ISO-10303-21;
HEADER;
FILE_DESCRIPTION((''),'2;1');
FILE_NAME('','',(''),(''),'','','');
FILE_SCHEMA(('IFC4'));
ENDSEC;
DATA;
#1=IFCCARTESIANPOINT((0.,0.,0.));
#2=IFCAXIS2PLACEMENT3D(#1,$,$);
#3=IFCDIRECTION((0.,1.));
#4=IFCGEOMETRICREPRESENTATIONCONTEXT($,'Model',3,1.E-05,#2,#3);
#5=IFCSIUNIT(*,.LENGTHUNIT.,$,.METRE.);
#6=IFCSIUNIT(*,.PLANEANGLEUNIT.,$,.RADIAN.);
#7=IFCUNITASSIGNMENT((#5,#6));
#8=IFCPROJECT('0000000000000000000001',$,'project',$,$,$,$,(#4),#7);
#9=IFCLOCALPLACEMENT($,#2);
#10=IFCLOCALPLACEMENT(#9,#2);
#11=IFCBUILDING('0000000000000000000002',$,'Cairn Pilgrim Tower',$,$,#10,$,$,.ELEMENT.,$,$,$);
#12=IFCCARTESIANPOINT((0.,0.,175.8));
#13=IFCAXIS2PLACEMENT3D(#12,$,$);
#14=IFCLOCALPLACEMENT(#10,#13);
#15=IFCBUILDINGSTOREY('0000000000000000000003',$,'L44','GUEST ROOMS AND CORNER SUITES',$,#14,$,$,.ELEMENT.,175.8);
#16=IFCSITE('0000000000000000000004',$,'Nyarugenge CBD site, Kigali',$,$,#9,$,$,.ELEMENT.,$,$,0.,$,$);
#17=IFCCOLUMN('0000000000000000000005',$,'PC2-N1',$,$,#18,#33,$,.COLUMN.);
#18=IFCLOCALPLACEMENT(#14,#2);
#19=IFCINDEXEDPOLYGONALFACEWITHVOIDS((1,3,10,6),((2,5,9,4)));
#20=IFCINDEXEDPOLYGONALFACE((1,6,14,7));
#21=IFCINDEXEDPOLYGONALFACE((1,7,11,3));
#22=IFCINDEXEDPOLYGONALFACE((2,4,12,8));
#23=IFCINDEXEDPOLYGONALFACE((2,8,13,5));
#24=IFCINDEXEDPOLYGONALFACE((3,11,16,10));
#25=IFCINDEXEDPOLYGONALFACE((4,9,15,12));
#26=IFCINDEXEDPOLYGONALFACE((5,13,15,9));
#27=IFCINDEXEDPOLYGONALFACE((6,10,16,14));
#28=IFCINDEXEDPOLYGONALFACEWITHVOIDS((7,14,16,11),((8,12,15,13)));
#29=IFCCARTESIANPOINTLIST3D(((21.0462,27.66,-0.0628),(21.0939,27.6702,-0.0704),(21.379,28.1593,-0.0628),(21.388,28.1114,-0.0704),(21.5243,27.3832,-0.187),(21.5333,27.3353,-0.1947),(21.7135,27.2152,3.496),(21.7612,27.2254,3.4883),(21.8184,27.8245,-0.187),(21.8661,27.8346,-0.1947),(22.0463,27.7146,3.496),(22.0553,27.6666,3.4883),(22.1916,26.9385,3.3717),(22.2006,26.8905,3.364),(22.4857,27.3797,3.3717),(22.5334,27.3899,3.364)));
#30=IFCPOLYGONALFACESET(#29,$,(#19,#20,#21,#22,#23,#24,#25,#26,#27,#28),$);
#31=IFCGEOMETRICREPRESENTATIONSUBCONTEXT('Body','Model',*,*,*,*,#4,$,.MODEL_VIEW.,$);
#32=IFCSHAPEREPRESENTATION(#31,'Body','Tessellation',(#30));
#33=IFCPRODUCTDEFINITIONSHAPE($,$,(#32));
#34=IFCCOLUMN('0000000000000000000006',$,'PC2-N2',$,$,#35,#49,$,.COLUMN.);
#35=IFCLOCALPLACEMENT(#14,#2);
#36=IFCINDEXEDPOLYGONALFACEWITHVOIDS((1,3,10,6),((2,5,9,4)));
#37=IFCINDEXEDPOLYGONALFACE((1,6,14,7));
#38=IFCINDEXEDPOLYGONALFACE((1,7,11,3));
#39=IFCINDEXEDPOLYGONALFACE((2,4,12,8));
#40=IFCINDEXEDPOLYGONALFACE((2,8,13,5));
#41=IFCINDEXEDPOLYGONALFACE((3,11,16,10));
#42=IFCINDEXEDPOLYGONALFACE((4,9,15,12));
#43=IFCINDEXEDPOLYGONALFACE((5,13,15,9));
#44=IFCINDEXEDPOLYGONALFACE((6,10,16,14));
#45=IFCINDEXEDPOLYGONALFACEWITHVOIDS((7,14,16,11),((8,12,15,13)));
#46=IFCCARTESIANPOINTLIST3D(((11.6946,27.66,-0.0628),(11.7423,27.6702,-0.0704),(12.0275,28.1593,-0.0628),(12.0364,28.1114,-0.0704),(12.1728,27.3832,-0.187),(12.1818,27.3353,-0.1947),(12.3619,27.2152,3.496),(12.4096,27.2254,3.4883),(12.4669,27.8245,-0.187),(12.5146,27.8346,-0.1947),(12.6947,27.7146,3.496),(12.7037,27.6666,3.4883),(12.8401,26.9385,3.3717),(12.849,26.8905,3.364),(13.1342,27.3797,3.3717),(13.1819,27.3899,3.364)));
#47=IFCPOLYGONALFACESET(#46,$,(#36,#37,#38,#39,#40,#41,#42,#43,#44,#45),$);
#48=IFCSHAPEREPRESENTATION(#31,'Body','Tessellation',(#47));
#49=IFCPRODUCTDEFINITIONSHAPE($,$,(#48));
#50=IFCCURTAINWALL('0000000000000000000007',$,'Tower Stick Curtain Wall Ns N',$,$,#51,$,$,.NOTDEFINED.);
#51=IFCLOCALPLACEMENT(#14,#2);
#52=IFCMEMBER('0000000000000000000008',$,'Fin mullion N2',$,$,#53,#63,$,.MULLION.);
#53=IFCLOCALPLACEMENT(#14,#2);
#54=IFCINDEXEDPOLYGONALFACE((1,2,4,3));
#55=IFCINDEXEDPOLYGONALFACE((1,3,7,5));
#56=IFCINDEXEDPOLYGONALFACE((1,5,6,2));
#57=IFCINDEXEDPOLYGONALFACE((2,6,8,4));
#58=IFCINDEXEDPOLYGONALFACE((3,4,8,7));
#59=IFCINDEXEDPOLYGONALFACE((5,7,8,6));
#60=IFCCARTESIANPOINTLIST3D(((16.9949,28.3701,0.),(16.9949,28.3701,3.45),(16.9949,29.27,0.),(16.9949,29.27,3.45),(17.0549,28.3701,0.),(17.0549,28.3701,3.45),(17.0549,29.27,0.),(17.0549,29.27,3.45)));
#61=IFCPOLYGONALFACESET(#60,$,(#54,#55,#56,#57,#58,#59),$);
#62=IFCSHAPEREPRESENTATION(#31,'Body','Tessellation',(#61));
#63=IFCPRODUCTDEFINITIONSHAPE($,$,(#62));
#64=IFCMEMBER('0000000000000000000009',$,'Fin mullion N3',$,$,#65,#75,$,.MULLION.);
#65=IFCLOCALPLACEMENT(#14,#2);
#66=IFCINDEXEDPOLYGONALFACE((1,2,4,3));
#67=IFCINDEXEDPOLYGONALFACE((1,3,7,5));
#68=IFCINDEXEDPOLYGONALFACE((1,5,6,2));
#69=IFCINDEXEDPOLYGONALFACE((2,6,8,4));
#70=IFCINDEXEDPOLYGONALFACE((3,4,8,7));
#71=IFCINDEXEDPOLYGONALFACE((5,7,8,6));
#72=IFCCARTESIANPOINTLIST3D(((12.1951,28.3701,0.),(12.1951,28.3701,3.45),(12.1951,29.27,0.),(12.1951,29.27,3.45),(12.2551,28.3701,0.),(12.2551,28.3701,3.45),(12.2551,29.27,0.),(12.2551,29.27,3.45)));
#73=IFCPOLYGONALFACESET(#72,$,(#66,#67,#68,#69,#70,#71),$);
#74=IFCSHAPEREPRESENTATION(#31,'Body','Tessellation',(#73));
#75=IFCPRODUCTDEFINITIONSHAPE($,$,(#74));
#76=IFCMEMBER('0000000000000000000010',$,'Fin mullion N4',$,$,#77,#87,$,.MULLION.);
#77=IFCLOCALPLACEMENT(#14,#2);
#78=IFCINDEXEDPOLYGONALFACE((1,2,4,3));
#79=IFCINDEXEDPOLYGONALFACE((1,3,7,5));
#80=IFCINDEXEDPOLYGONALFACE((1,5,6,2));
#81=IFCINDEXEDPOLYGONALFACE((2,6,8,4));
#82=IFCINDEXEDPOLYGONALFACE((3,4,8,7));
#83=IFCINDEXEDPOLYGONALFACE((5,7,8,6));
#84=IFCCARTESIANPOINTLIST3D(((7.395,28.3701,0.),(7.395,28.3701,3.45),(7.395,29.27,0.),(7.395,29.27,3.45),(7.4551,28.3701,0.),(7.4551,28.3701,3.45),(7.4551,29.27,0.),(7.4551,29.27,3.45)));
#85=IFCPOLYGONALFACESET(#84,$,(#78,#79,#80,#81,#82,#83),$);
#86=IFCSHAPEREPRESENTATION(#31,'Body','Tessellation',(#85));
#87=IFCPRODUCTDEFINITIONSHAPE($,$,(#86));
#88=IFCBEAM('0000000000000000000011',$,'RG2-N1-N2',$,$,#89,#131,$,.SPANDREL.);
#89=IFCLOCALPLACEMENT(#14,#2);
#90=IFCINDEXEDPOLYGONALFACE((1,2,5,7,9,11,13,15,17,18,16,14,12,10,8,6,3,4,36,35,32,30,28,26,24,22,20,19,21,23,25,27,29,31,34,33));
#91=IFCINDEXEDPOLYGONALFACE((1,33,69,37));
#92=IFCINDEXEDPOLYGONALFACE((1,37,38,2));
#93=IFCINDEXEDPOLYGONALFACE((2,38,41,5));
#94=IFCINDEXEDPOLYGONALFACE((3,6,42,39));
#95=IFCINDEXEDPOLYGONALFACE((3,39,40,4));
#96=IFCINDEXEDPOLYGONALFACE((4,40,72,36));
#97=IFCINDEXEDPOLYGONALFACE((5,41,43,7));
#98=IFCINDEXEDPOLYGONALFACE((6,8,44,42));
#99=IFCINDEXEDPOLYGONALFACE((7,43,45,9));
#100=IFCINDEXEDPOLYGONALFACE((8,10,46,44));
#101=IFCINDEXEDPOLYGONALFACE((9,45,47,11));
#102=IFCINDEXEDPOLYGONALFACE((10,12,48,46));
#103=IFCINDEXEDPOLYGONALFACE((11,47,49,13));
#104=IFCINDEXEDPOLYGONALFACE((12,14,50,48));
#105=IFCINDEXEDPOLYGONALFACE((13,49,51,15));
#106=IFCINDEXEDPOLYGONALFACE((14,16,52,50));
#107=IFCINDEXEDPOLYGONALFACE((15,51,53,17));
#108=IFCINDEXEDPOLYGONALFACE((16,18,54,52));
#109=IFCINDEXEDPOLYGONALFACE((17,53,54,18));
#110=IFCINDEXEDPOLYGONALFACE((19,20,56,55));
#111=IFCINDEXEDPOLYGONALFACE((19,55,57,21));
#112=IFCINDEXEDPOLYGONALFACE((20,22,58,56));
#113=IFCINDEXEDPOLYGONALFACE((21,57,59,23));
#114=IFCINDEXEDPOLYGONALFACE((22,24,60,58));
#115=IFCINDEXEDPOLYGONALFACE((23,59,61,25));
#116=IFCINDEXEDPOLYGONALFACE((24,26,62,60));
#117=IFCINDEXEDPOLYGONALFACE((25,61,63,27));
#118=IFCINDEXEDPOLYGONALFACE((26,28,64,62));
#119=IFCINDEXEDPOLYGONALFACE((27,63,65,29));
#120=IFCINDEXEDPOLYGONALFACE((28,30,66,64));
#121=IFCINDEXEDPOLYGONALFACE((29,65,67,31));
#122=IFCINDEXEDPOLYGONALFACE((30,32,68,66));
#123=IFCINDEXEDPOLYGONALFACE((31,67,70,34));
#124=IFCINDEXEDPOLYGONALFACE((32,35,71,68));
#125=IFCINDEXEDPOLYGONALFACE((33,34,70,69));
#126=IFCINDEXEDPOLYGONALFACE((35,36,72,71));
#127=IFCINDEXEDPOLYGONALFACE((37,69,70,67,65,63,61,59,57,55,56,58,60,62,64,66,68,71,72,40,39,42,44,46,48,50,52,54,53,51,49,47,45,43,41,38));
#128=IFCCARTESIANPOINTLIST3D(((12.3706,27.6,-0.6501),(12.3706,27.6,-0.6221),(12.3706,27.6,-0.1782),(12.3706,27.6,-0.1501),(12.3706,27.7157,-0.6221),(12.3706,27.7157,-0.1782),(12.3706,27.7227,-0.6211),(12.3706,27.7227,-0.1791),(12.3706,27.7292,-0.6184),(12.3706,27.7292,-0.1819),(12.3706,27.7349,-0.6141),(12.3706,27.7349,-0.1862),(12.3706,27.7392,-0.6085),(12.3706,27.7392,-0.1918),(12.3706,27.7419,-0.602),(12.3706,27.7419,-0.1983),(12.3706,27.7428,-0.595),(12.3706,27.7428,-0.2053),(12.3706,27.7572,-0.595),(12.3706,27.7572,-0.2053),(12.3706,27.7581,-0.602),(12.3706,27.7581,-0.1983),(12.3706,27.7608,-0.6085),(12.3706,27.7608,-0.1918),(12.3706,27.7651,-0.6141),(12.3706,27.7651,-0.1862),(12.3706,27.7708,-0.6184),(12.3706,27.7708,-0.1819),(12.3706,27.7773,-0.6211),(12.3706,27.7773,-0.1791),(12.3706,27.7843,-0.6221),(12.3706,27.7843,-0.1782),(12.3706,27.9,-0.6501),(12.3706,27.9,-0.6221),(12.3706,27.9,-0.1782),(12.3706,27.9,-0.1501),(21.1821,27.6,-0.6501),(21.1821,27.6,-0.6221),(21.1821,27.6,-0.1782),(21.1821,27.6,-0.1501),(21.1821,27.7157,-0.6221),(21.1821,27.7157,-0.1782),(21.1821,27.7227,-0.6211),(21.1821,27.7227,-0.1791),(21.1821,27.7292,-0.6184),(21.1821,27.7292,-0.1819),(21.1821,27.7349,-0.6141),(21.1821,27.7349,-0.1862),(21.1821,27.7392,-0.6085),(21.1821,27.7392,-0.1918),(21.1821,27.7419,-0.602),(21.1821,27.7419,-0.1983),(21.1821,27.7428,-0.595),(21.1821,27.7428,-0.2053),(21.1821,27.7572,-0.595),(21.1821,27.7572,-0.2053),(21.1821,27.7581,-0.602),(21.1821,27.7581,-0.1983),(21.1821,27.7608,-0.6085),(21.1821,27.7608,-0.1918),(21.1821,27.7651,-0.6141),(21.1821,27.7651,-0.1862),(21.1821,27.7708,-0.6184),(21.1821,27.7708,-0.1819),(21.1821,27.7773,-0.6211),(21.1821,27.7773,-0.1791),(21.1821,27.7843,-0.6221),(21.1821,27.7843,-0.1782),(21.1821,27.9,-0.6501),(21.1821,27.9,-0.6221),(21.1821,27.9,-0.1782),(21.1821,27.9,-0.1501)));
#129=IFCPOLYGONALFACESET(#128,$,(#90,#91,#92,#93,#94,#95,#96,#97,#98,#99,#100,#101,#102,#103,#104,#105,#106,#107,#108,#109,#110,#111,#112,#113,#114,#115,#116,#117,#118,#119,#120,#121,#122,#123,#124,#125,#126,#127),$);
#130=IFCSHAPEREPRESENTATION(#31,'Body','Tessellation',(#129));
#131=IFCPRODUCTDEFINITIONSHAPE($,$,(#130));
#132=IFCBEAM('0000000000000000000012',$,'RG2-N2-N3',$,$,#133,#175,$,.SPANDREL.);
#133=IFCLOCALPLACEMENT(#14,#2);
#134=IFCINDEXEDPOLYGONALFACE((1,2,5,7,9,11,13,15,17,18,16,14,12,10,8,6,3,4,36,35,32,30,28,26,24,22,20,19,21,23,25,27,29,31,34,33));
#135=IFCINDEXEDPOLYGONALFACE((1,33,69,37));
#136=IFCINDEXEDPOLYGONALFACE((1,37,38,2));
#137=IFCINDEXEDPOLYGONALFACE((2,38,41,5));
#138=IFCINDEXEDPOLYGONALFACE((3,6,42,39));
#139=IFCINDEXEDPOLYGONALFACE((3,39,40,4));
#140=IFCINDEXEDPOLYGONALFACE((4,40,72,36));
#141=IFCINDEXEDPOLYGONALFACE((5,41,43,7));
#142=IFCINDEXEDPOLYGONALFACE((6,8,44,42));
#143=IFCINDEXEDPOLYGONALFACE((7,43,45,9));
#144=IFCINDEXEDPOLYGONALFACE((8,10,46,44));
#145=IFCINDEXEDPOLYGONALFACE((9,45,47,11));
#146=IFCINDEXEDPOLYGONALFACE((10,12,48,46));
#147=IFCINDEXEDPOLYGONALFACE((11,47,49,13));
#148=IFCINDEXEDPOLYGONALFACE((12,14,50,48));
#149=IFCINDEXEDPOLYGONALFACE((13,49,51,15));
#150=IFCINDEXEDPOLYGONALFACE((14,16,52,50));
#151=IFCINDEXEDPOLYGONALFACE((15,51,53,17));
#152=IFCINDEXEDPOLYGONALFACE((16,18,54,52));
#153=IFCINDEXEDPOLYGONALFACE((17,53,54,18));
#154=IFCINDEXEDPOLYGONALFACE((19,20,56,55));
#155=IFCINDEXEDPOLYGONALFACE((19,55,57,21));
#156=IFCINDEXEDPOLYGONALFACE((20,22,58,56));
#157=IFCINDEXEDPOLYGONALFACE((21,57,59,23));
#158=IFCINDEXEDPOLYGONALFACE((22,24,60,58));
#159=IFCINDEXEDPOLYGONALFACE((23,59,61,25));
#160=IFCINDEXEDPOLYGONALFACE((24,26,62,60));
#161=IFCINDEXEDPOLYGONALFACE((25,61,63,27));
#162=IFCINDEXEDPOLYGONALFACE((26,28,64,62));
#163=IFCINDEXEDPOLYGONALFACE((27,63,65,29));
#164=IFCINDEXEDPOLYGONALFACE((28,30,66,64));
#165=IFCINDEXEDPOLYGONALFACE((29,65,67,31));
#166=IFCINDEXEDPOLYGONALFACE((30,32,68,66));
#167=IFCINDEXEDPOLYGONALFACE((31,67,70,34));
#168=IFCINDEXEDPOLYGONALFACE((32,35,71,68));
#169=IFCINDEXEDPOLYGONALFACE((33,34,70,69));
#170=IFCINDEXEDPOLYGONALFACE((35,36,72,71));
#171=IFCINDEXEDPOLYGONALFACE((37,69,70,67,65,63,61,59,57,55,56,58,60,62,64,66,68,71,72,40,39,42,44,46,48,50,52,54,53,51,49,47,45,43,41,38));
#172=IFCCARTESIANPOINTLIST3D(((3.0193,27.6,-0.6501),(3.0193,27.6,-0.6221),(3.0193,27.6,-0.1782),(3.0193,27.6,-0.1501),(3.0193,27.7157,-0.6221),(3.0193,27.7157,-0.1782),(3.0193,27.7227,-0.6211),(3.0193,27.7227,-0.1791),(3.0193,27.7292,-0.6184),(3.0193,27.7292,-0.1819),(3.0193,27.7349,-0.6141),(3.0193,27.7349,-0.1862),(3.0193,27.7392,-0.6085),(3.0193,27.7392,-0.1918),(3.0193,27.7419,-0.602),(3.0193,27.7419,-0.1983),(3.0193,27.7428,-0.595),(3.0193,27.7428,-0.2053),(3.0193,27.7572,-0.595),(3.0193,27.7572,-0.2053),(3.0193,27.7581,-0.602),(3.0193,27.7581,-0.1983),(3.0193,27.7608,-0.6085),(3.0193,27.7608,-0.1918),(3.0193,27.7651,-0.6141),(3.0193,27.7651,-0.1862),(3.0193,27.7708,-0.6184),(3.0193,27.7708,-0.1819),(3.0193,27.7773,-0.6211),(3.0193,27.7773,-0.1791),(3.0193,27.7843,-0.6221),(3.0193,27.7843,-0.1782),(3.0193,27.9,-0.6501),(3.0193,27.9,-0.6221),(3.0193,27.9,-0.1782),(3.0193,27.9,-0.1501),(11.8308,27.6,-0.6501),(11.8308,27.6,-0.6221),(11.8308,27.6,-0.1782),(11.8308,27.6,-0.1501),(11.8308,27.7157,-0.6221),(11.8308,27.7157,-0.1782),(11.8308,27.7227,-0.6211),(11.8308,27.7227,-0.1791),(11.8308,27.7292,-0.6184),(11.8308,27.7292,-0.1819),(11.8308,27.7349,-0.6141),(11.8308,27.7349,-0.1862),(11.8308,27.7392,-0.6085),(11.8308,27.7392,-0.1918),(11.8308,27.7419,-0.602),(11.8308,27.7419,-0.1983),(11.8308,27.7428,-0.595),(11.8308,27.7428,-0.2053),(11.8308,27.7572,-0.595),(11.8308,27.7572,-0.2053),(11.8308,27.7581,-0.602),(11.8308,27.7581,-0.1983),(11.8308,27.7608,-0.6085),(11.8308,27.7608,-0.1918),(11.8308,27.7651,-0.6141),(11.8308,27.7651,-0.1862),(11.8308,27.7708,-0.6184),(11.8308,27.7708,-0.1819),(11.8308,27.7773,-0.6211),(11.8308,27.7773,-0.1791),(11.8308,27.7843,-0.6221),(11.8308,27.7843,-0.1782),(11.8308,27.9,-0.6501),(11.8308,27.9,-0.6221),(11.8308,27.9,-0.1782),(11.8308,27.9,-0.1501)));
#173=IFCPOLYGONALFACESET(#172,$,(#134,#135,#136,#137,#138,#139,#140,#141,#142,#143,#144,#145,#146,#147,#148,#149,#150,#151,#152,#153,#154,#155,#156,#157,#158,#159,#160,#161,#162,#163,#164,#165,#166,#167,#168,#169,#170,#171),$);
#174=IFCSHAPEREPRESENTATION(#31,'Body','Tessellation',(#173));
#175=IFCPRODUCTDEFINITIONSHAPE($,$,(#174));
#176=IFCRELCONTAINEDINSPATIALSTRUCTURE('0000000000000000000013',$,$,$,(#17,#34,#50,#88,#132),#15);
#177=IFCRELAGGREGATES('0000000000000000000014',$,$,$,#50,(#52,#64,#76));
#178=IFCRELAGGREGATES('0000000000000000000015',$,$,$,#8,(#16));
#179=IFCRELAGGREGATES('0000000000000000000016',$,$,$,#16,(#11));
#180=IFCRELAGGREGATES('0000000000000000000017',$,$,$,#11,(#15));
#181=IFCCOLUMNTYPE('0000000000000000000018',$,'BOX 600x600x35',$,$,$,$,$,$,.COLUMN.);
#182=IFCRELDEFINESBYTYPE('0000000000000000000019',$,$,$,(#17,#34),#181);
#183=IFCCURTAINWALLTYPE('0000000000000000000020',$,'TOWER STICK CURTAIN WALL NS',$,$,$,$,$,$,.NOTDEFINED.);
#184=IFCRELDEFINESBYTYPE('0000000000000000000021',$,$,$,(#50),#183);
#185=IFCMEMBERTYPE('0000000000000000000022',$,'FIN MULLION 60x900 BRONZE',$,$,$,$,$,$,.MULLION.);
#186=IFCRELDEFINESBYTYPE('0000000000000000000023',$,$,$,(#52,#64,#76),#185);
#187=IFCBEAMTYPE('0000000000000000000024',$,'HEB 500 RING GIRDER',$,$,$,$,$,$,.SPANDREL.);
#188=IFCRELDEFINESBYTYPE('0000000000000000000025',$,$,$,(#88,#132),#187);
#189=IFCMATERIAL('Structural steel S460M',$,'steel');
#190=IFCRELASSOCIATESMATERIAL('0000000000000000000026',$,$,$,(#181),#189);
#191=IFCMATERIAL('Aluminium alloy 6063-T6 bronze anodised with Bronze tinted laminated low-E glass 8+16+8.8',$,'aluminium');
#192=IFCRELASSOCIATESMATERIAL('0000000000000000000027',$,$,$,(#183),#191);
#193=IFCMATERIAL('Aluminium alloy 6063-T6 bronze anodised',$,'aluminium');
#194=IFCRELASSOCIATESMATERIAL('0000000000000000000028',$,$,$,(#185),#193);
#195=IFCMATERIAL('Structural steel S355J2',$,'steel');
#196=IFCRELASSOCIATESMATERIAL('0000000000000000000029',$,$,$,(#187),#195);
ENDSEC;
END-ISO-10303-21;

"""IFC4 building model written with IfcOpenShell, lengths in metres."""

from ifc_helpers import new_model, si_unit, direction, frame, origin, origin_2d, place, context, subcontext, project, spatial, rectangle, hollow_rectangle, i_section, extrude, clip, halfspace, material, material_profile, profile_set, type_object, element, aggregate, save


model = new_model("IFC4")

# Units and contexts
model_context = context("Model", 3, precision=1e-05, world=origin(), true_north=direction((0.0, 1.0)))
body_context = subcontext(model_context, "Body", "Model", "MODEL_VIEW")
ifc_project = project(units=[si_unit("LENGTHUNIT", "METRE"), si_unit("PLANEANGLEUNIT", "RADIAN")], contexts=[model_context])

# Site, building, storey
site_placement = place(None, origin())
site = spatial("IfcSite", under=ifc_project, at=site_placement, Name="Nyarugenge CBD site, Kigali", CompositionType="ELEMENT", RefElevation=0.0)
building_placement = place(site_placement, origin())
building = spatial("IfcBuilding", under=site, at=building_placement, Name="Cairn Pilgrim Tower", CompositionType="ELEMENT")
storey_placement = place(building_placement, frame((0.0, 0.0, 175.8)))
storey = spatial("IfcBuildingStorey", under=building, at=storey_placement, Name="L44", Description="GUEST ROOMS AND CORNER SUITES", CompositionType="ELEMENT", Elevation=175.8)

# Columns
ifc_material_1 = material(Name="Structural steel S460M", Category="steel")
ifc_material_profile_1 = material_profile(ifc_material_1, hollow_rectangle(XDim=0.6001, YDim=0.6001, WallThickness=0.0349, at=origin_2d()), Name="BOX 600x600x35")
ifc_profile_set_1 = profile_set([ifc_material_profile_1], Name="Structural steel S460M")
column_type = type_object("IfcColumnType", Name="BOX 600x600x35", PredefinedType="COLUMN", material=ifc_profile_set_1)
for number, where, z_axis, x_axis, name in (
    (1, (21.4521, 27.75, -0.1501), (0.182922, -0.121926, 0.975538), (0.554631, 0.832097, 0.0), "PC2-N1"),
    (2, (12.1006, 27.75, -0.1501), (0.182922, -0.121926, 0.975538), (0.554631, 0.832097, 0.0), "PC2-N2"),
):
    element("IfcColumn", number, at=place(storey_placement, frame(where, z_axis=z_axis, x_axis=x_axis)), inside=storey, type_object=column_type, Name=name, PredefinedType="COLUMN", context=body_context, shape_type="Clipping", body=[
        clip(clip(extrude(hollow_rectangle(XDim=0.6001, YDim=0.6001, WallThickness=0.0349, at=origin_2d()), origin(), (0.0, 0.0, 1.0), 3.6904), halfspace(frame((0.0, 0.0, 0.022), z_axis=(0.0, 0.0, 1.0), x_axis=(1.0, 0.0, 0.0)), True)), halfspace(frame((0.0, 0.0, 3.6699), z_axis=(0.0, 0.0, 1.0), x_axis=(1.0, 0.0, 0.0)), False)),
    ])

# Curtain wall, members
ifc_material_2 = material(Name="Aluminium alloy 6063-T6 bronze anodised with Bronze tinted laminated low-E glass 8+16+8.8", Category="aluminium")
curtain_wall_type = type_object("IfcCurtainWallType", Name="TOWER STICK CURTAIN WALL NS", PredefinedType="NOTDEFINED", material=ifc_material_2)
curtain_wall_placement = place(storey_placement, origin())
curtain_wall = element("IfcCurtainWall", 3, at=curtain_wall_placement, inside=storey, type_object=curtain_wall_type, Name="Tower Stick Curtain Wall Ns N", PredefinedType="NOTDEFINED")
ifc_material_3 = material(Name="Aluminium alloy 6063-T6 bronze anodised", Category="aluminium")
ifc_material_profile_2 = material_profile(ifc_material_3, rectangle(XDim=0.8999, YDim=0.0601, at=origin_2d()), Name="FIN MULLION 60x900 BRONZE")
ifc_profile_set_2 = profile_set([ifc_material_profile_2], Name="Aluminium alloy 6063-T6 bronze anodised")
member_type_1 = type_object("IfcMemberType", Name="FIN MULLION 60x900 BRONZE", PredefinedType="MULLION", material=ifc_profile_set_2)
member_1_placement = place(storey_placement, frame((17.0249, 28.8201, 0.0), z_axis=(0.0, 0.0, 1.0), x_axis=(0.0, 1.0, 0.0)))
member_1 = element("IfcMember", 4, at=member_1_placement, type_object=member_type_1, Name="Fin mullion N2", PredefinedType="MULLION", context=body_context, shape_type="SweptSolid", body=[
    extrude(rectangle(XDim=0.8999, YDim=0.0601, at=origin_2d()), origin(), (0.0, 0.0, 1.0), 3.45),
])
member_2_placement = place(storey_placement, frame((12.2251, 28.8201, 0.0), z_axis=(0.0, 0.0, 1.0), x_axis=(0.0, 1.0, 0.0)))
member_2 = element("IfcMember", 5, at=member_2_placement, type_object=member_type_1, Name="Fin mullion N3", PredefinedType="MULLION", context=body_context, shape_type="SweptSolid", body=[
    extrude(rectangle(XDim=0.8999, YDim=0.0601, at=origin_2d()), origin(), (0.0, 0.0, 1.0), 3.45),
])
member_3_placement = place(storey_placement, frame((7.425, 28.8201, 0.0), z_axis=(0.0, 0.0, 1.0), x_axis=(0.0, 1.0, 0.0)))
member_3 = element("IfcMember", 6, at=member_3_placement, type_object=member_type_1, Name="Fin mullion N4", PredefinedType="MULLION", context=body_context, shape_type="SweptSolid", body=[
    extrude(rectangle(XDim=0.8999, YDim=0.0601, at=origin_2d()), origin(), (0.0, 0.0, 1.0), 3.45),
])

# Beams
ifc_material_4 = material(Name="Structural steel S355J2", Category="steel")
ifc_material_profile_3 = material_profile(ifc_material_4, i_section(OverallWidth=0.3, OverallDepth=0.5, WebThickness=0.0144, FlangeThickness=0.0281, FilletRadius=0.0271, at=origin_2d()), Name="HEB 500")
ifc_profile_set_3 = profile_set([ifc_material_profile_3], Name="Structural steel S355J2")
beam_type_1 = type_object("IfcBeamType", Name="HEB 500 RING GIRDER", PredefinedType="SPANDREL", material=ifc_profile_set_3)
for number, where, z_axis, x_axis, name in (
    (7, (21.1821, 27.75, -0.4001), (-1.0, 0.0, 0.0), (0.0, -1.0, 0.0), "RG2-N1-N2"),
    (8, (11.8308, 27.75, -0.4001), (-1.0, 0.0, 0.0), (0.0, -1.0, 0.0), "RG2-N2-N3"),
):
    element("IfcBeam", number, at=place(storey_placement, frame(where, z_axis=z_axis, x_axis=x_axis)), inside=storey, type_object=beam_type_1, Name=name, PredefinedType="SPANDREL", context=body_context, shape_type="SweptSolid", body=[
        extrude(i_section(OverallWidth=0.3, OverallDepth=0.5, WebThickness=0.0144, FlangeThickness=0.0281, FilletRadius=0.0271, at=origin_2d()), origin(), (0.0, 0.0, 1.0), 8.8115),
    ])

aggregate(curtain_wall, [member_1, member_2, member_3])

save(model, "model.ifc")
